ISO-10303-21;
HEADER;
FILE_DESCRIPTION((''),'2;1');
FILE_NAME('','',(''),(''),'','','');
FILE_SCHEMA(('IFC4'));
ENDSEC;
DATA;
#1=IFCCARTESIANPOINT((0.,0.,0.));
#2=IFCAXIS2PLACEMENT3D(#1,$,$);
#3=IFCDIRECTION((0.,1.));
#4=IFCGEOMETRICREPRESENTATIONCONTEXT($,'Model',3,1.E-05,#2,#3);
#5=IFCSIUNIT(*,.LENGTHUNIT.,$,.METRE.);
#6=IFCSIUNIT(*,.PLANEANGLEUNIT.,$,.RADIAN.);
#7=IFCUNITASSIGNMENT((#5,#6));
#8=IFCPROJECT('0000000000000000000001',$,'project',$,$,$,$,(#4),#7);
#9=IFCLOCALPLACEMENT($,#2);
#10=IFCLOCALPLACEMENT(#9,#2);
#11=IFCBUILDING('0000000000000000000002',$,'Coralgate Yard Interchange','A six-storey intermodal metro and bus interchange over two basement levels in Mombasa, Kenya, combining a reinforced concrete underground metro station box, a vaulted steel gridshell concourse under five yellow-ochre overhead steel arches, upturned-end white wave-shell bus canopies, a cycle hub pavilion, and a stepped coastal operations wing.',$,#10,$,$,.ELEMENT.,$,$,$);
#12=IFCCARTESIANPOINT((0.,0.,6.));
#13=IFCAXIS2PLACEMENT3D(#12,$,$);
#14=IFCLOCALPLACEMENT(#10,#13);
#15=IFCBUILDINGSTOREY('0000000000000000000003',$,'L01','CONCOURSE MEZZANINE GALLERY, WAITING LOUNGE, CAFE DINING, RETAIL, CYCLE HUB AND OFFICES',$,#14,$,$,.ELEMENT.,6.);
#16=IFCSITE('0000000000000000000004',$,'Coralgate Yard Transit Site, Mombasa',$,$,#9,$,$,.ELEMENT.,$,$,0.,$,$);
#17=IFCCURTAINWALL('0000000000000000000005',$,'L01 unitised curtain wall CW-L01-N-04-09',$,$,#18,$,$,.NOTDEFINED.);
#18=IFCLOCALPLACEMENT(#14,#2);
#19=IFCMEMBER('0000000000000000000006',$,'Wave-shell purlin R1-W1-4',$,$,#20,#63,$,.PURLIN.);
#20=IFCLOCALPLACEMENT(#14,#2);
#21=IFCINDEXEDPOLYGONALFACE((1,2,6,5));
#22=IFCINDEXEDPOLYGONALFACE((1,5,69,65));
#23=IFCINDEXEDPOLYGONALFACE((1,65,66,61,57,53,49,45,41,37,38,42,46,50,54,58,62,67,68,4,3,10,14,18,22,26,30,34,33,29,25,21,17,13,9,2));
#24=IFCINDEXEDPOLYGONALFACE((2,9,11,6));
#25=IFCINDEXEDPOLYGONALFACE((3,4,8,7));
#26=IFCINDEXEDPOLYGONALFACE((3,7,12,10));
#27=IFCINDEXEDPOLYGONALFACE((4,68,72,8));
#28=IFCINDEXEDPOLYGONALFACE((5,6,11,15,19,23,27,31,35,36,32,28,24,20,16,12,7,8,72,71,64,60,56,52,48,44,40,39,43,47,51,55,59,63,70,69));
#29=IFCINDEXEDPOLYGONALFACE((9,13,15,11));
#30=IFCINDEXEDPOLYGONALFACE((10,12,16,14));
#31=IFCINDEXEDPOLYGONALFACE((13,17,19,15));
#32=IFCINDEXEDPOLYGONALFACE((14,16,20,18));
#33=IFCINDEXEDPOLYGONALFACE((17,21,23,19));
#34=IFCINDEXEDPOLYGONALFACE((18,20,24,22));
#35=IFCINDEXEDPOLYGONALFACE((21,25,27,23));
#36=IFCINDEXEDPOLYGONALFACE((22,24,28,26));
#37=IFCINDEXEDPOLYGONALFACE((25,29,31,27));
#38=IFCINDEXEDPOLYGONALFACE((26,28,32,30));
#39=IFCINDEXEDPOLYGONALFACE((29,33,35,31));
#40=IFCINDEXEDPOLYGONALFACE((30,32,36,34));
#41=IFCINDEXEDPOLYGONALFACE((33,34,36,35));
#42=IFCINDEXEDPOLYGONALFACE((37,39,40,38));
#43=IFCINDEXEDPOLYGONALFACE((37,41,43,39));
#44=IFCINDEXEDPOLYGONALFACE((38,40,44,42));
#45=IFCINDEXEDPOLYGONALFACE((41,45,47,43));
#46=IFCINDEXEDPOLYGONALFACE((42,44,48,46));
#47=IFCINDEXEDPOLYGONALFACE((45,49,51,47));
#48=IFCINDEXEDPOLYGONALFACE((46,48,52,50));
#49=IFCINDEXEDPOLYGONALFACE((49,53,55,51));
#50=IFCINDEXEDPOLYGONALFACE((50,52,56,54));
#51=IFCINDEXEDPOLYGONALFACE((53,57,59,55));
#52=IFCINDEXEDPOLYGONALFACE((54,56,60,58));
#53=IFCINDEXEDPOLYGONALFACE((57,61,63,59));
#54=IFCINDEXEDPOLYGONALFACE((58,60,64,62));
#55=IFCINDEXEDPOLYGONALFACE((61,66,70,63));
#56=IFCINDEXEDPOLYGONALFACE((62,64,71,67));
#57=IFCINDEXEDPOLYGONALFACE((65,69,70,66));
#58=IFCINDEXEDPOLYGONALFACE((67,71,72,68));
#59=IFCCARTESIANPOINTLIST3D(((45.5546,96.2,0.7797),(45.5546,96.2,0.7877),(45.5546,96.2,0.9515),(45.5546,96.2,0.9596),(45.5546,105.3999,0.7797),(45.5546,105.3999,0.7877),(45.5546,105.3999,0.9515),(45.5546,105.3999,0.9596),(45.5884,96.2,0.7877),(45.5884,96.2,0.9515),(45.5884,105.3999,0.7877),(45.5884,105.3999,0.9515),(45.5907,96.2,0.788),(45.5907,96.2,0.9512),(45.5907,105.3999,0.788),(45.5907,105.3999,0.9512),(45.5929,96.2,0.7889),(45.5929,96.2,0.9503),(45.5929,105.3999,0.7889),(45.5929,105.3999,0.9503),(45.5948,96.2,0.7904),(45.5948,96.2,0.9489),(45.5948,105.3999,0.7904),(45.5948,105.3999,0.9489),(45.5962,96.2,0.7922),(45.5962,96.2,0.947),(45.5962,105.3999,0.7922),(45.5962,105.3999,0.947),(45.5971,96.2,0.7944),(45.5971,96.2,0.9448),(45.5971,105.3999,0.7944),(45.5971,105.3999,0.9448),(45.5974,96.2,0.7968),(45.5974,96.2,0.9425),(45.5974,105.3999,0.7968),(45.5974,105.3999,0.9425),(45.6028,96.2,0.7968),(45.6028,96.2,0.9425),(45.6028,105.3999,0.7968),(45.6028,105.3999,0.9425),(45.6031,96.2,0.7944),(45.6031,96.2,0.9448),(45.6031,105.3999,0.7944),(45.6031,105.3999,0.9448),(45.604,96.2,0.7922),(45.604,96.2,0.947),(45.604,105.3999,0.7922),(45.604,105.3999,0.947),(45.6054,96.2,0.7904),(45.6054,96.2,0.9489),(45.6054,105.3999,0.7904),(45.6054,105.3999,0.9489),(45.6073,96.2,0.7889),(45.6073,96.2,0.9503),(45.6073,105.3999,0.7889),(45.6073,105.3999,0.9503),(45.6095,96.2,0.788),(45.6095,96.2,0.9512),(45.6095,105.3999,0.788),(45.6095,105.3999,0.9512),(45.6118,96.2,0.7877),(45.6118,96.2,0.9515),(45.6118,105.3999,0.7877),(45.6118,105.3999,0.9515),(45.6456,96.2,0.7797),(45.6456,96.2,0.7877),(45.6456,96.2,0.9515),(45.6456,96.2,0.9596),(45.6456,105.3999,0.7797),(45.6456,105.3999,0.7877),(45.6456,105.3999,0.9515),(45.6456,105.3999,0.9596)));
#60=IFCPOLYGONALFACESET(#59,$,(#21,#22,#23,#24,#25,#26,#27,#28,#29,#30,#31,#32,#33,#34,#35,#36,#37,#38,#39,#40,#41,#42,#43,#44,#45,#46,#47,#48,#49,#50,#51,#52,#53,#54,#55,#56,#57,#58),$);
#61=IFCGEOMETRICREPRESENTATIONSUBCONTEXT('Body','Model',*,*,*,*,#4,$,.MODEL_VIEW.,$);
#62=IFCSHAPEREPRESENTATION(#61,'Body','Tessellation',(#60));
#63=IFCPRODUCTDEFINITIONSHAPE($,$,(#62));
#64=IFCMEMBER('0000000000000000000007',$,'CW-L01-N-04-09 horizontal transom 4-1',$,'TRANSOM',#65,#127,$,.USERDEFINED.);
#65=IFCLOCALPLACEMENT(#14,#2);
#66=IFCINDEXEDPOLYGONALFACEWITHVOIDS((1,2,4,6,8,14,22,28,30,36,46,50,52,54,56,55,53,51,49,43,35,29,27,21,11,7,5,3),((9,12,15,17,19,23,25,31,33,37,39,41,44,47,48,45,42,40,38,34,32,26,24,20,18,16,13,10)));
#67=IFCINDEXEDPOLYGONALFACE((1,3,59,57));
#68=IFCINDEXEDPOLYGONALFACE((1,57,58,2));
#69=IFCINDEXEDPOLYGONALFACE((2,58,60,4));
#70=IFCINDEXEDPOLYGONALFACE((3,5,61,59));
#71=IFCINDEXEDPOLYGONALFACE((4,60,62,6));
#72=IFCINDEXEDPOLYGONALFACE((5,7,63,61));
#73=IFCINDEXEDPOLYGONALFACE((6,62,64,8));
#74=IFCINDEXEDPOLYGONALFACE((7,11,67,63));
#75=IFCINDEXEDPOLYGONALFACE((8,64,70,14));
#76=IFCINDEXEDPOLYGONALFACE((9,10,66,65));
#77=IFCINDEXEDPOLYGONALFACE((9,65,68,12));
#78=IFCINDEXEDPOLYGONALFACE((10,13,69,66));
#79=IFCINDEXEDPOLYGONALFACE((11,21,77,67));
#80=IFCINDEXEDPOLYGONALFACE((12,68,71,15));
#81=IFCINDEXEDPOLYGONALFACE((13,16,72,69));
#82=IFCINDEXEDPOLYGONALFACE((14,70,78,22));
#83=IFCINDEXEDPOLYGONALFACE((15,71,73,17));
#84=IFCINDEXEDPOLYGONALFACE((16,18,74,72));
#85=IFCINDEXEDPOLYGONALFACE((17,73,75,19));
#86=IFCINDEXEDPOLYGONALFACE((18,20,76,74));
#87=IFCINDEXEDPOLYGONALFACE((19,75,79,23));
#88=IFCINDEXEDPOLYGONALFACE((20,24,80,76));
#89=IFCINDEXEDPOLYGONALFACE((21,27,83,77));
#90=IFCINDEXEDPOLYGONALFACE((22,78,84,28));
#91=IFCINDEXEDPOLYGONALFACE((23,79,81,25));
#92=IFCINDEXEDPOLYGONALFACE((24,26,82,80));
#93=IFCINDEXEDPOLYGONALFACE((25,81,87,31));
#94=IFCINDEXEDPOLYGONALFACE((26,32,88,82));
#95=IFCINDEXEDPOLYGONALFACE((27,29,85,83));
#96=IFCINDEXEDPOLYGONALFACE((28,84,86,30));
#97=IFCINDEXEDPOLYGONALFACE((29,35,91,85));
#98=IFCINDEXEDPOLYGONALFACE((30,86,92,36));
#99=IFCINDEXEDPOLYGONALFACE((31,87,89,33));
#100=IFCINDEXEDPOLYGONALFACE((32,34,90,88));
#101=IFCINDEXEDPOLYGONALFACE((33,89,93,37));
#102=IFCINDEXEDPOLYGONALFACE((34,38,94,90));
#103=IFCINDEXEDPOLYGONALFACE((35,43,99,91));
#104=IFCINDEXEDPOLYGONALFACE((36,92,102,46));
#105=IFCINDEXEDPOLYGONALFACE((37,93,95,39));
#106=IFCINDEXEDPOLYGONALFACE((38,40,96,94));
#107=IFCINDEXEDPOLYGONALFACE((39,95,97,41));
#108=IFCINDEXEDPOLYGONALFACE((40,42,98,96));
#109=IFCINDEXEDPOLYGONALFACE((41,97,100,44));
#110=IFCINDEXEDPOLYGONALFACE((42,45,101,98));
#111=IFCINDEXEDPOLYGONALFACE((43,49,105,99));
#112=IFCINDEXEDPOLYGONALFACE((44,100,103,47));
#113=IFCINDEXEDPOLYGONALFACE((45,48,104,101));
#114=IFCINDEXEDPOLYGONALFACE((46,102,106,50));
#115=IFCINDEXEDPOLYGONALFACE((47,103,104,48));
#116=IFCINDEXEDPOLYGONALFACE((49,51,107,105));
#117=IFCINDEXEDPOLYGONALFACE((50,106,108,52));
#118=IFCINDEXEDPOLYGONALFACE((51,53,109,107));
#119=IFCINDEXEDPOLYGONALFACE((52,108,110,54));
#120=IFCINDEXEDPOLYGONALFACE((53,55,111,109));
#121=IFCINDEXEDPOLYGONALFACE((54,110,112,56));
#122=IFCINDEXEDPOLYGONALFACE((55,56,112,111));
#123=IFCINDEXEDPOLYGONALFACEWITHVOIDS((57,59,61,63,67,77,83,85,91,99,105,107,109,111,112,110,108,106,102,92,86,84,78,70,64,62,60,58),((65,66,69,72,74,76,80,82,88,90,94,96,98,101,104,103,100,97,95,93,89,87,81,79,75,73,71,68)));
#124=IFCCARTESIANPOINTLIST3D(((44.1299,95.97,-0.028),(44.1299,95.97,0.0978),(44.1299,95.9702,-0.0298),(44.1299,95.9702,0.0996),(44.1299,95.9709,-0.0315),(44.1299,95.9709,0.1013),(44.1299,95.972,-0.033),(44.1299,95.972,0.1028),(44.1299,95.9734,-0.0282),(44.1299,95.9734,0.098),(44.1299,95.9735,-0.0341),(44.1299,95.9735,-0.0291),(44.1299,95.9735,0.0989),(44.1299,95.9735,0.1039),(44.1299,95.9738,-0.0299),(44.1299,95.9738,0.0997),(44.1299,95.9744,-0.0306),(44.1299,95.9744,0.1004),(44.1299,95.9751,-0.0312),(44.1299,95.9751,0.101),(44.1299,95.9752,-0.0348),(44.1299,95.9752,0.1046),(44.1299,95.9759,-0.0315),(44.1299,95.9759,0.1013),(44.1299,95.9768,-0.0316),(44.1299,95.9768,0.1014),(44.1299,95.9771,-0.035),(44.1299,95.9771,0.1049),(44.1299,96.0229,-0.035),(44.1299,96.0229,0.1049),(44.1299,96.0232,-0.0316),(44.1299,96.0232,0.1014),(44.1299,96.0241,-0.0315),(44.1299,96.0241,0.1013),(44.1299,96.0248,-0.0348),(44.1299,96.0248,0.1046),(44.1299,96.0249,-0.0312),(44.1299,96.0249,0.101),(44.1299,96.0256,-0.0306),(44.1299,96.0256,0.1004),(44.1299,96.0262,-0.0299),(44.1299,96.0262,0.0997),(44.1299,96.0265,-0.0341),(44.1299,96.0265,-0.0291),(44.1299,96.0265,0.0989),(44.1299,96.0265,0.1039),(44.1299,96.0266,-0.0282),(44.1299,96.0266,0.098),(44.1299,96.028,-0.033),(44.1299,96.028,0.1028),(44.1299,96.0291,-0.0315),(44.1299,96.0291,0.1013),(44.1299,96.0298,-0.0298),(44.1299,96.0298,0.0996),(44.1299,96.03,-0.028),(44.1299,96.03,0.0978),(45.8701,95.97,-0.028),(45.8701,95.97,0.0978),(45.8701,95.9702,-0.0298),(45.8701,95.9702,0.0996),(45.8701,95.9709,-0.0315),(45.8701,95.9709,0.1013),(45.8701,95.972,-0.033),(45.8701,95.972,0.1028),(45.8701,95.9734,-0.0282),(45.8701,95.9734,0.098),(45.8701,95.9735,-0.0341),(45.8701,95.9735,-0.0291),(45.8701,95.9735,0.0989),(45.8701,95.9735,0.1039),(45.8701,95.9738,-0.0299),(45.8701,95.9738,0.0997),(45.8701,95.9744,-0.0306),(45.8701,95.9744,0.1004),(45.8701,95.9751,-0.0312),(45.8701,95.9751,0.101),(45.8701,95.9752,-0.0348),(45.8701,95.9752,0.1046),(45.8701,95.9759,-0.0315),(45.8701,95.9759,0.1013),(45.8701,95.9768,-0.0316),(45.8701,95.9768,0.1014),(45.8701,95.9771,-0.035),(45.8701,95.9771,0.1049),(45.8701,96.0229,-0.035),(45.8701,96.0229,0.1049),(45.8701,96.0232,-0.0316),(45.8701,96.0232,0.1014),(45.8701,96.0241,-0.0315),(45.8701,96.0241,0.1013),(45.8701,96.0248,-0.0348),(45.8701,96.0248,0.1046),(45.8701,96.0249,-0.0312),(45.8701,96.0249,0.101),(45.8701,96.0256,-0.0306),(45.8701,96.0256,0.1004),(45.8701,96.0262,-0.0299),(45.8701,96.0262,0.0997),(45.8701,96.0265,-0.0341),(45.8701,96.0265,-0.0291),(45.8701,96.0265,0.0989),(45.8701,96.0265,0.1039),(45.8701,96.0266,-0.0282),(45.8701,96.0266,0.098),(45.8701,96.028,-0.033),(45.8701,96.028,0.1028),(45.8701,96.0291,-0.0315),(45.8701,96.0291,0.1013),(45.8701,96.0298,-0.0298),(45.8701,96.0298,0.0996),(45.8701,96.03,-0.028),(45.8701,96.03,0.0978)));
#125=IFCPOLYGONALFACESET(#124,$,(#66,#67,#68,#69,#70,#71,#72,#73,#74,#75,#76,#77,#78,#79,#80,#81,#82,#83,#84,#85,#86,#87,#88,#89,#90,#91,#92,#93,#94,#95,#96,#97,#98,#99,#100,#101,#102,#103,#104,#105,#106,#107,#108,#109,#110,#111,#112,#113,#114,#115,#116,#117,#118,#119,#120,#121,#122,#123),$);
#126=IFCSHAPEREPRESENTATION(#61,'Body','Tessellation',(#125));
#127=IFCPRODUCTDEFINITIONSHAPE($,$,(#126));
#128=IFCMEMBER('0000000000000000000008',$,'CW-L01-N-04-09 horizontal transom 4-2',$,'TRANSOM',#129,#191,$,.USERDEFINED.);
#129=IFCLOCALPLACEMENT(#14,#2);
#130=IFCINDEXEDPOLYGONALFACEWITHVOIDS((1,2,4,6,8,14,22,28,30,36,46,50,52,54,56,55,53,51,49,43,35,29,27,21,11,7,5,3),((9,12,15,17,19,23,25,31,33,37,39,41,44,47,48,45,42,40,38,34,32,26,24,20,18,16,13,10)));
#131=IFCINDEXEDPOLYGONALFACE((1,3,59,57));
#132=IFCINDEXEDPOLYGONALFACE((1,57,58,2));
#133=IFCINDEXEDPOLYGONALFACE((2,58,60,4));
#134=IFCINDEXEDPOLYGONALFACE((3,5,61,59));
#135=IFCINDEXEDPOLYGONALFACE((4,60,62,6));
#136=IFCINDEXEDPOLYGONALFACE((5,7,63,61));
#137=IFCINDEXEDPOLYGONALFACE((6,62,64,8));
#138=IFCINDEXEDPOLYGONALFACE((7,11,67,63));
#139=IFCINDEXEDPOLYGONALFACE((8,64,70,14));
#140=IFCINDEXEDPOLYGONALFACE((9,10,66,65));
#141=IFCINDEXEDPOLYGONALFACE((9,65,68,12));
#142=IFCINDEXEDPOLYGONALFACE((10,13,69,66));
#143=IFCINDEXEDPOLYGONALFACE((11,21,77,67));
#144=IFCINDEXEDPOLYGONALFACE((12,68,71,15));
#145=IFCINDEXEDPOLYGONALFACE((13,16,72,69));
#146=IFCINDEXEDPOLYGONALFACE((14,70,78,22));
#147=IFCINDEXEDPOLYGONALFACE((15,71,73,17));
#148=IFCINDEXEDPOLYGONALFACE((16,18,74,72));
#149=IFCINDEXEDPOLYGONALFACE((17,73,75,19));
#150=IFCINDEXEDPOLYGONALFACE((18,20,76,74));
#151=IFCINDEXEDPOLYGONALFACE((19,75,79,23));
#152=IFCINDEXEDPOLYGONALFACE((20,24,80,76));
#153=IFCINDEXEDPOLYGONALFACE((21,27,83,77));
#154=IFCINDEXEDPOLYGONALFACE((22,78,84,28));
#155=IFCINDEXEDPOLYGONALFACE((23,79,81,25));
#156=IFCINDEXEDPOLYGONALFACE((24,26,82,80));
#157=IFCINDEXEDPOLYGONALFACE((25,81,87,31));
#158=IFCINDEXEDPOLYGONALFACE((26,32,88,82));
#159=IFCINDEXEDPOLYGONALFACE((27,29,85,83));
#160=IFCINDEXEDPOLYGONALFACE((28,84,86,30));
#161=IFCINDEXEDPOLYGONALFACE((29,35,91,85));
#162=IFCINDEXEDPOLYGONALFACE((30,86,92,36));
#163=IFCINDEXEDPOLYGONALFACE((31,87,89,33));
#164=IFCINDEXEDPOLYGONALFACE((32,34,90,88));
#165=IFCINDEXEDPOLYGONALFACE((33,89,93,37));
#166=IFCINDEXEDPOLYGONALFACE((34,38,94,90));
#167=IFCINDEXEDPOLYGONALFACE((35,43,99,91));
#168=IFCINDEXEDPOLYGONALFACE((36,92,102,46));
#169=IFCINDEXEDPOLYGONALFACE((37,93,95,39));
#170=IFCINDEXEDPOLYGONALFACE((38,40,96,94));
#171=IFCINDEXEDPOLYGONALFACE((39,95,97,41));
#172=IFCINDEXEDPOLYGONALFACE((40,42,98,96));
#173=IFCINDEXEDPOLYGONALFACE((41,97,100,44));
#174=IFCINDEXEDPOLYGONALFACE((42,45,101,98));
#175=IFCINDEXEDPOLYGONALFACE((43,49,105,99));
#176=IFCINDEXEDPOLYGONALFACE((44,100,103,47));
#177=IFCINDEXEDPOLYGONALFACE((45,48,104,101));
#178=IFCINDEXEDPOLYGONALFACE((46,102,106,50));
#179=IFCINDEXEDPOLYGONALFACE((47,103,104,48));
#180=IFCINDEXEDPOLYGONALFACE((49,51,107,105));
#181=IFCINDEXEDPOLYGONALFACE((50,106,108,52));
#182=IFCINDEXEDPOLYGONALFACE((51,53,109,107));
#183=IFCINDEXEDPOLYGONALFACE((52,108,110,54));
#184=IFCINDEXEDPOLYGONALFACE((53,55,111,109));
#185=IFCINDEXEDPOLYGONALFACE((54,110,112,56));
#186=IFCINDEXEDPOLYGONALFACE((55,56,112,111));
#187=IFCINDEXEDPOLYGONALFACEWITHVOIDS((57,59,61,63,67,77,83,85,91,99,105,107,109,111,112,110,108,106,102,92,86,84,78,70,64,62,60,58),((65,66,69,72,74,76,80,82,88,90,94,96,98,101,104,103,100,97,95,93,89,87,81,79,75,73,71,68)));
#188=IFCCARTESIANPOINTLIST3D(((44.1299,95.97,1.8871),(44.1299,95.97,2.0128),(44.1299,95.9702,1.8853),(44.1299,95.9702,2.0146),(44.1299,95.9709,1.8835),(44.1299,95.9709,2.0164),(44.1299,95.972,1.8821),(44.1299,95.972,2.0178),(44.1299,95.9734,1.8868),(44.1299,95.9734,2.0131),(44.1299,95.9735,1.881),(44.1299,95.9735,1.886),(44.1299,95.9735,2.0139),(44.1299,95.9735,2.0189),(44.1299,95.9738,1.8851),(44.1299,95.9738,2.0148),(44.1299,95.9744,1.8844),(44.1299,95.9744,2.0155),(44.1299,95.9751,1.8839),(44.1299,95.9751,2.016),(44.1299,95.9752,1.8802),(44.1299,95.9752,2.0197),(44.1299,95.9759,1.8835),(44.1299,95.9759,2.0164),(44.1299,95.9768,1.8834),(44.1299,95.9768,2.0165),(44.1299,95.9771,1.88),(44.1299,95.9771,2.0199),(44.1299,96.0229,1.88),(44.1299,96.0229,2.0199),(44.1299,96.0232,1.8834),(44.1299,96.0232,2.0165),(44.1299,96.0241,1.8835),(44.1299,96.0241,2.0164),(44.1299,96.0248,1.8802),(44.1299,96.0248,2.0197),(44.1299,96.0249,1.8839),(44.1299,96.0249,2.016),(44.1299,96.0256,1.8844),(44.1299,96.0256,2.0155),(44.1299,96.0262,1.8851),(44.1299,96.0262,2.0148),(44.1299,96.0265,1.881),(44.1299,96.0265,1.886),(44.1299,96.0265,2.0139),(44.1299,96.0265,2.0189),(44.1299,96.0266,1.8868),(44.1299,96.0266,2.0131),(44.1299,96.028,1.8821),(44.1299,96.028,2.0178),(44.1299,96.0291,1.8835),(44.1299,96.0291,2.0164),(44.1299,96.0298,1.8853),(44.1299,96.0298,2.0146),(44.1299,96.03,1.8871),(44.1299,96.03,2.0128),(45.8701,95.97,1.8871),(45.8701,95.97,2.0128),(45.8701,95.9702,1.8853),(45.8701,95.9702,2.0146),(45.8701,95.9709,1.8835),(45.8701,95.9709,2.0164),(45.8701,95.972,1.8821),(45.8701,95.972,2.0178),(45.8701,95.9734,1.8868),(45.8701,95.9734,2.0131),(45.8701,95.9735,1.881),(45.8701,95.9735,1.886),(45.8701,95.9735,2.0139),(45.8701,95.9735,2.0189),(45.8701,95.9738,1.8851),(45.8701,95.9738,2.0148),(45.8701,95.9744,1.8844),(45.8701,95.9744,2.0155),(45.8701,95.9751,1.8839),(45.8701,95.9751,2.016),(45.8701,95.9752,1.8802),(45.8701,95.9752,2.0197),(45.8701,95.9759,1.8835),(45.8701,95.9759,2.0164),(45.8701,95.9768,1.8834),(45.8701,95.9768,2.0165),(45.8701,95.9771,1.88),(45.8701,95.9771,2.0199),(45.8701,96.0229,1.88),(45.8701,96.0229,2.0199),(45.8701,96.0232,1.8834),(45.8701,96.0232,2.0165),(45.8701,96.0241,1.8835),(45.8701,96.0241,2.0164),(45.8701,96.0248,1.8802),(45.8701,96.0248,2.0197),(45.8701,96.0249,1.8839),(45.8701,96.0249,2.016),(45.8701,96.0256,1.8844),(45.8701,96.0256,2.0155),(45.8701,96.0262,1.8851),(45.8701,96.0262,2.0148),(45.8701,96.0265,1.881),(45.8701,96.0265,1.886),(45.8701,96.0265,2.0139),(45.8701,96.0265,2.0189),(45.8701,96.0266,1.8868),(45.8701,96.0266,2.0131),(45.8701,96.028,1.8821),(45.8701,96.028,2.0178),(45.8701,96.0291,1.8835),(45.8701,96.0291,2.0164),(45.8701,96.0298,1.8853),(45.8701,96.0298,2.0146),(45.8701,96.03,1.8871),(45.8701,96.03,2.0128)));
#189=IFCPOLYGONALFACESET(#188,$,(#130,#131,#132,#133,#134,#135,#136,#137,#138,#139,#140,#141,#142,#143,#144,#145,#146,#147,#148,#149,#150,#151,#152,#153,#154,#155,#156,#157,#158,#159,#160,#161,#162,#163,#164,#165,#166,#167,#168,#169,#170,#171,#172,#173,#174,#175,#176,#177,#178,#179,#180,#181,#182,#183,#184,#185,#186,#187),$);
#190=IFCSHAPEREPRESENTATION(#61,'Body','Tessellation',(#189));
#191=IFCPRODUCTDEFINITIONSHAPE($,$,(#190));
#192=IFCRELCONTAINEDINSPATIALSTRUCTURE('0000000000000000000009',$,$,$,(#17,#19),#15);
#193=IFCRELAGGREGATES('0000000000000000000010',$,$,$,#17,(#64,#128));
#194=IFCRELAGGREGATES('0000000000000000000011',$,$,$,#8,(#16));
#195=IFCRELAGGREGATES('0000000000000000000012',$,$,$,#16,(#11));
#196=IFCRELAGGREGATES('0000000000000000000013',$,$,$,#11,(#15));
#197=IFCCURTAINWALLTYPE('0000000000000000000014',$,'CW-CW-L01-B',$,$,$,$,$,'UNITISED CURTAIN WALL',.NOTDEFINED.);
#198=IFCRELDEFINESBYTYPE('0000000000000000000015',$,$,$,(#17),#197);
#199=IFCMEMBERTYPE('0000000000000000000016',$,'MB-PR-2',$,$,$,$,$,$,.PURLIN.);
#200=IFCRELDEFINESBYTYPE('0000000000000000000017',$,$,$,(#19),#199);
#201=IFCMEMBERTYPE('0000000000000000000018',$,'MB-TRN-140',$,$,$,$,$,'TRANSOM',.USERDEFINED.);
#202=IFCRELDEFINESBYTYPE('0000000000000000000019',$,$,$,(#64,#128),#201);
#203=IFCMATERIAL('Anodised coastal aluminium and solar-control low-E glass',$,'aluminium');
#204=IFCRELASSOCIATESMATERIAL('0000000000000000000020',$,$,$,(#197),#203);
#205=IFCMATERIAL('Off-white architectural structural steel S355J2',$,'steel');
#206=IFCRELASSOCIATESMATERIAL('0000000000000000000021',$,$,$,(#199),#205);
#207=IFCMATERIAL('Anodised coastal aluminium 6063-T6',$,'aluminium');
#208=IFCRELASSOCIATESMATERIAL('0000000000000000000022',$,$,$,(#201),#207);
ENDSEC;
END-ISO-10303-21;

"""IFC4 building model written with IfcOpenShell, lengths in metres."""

from ifc_helpers import new_model, si_unit, direction, frame, origin, origin_2d, place, context, subcontext, project, spatial, hollow_rectangle, i_section, extrude, material, material_profile, profile_set, type_object, element, aggregate, save


model = new_model("IFC4")

# Units and contexts
model_context = context("Model", 3, precision=1e-05, world=origin(), true_north=direction((0.0, 1.0)))
body_context = subcontext(model_context, "Body", "Model", "MODEL_VIEW")
ifc_project = project(units=[si_unit("LENGTHUNIT", "METRE"), si_unit("PLANEANGLEUNIT", "RADIAN")], contexts=[model_context])

# Site, building, storey
site_placement = place(None, origin())
site = spatial("IfcSite", under=ifc_project, at=site_placement, Name="Coralgate Yard Transit Site, Mombasa", CompositionType="ELEMENT", RefElevation=0.0)
building_placement = place(site_placement, origin())
building = spatial("IfcBuilding", under=site, at=building_placement, Name="Coralgate Yard Interchange", Description="A six-storey intermodal metro and bus interchange over two basement levels in Mombasa, Kenya, combining a reinforced concrete underground metro station box, a vaulted steel gridshell concourse under five yellow-ochre overhead steel arches, upturned-end white wave-shell bus canopies, a cycle hub pavilion, and a stepped coastal operations wing.", CompositionType="ELEMENT")
storey_placement = place(building_placement, frame((0.0, 0.0, 6.0)))
storey = spatial("IfcBuildingStorey", under=building, at=storey_placement, Name="L01", Description="CONCOURSE MEZZANINE GALLERY, WAITING LOUNGE, CAFE DINING, RETAIL, CYCLE HUB AND OFFICES", CompositionType="ELEMENT", Elevation=6.0)

# Shared definitions
ifc_material_1 = material(Name="Off-white architectural structural steel S355J2", Category="steel")

# Curtain wall
ifc_material_2 = material(Name="Anodised coastal aluminium and solar-control low-E glass", Category="aluminium")
curtain_wall_type = type_object("IfcCurtainWallType", Name="CW-CW-L01-B", ElementType="UNITISED CURTAIN WALL", PredefinedType="NOTDEFINED", material=ifc_material_2)
curtain_wall_placement = place(storey_placement, origin())
curtain_wall = element("IfcCurtainWall", 1, at=curtain_wall_placement, inside=storey, type_object=curtain_wall_type, Name="L01 unitised curtain wall CW-L01-N-04-09", PredefinedType="NOTDEFINED")
ifc_material_3 = material(Name="Anodised coastal aluminium 6063-T6", Category="aluminium")

# Member
ifc_material_profile_1 = material_profile(ifc_material_1, i_section(OverallWidth=0.0911, OverallDepth=0.1799, WebThickness=0.0054, FlangeThickness=0.0081, FilletRadius=0.009, at=origin_2d()), Name="IPE 180")
ifc_profile_set_1 = profile_set([ifc_material_profile_1], Name="Off-white architectural structural steel S355J2")
member_type_1 = type_object("IfcMemberType", Name="MB-PR-2", PredefinedType="PURLIN", material=ifc_profile_set_1)
for number, where, z_axis, x_axis, name in (
    (2, (45.6001, 96.2, 0.8696), (0.0, 1.0, 0.0), (-1.0, 0.0, 0.0), "Wave-shell purlin R1-W1-4"),
):
    element("IfcMember", number, at=place(storey_placement, frame(where, z_axis=z_axis, x_axis=x_axis)), inside=storey, type_object=member_type_1, Name=name, PredefinedType="PURLIN", context=body_context, shape_type="SweptSolid", body=[
        extrude(i_section(OverallWidth=0.0911, OverallDepth=0.1799, WebThickness=0.0054, FlangeThickness=0.0081, FilletRadius=0.009, at=origin_2d()), origin(), (0.0, 0.0, 1.0), 9.2),
    ])

# Members
ifc_material_profile_2 = material_profile(ifc_material_3, hollow_rectangle(XDim=0.0601, YDim=0.1399, WallThickness=0.0034, InnerFilletRadius=0.0034, OuterFilletRadius=0.0071, at=origin_2d()), Name="ALU 60x140x3.5")
ifc_profile_set_2 = profile_set([ifc_material_profile_2], Name="Anodised coastal aluminium 6063-T6")
member_type_2 = type_object("IfcMemberType", Name="MB-TRN-140", ElementType="TRANSOM", PredefinedType="USERDEFINED", material=ifc_profile_set_2)
member_1_placement = place(storey_placement, frame((44.1299, 96.0, 0.0349), z_axis=(1.0, 0.0, 0.0), x_axis=(0.0, 1.0, 0.0)))
member_1 = element("IfcMember", 3, at=member_1_placement, type_object=member_type_2, Name="CW-L01-N-04-09 horizontal transom 4-1", ObjectType="TRANSOM", PredefinedType="USERDEFINED", context=body_context, shape_type="SweptSolid", body=[
    extrude(hollow_rectangle(XDim=0.0601, YDim=0.1399, WallThickness=0.0034, InnerFilletRadius=0.0034, OuterFilletRadius=0.0071, at=origin_2d()), origin(), (0.0, 0.0, 1.0), 1.7402),
])
member_2_placement = place(storey_placement, frame((44.1299, 96.0, 1.95), z_axis=(1.0, 0.0, 0.0), x_axis=(0.0, 1.0, 0.0)))
member_2 = element("IfcMember", 4, at=member_2_placement, type_object=member_type_2, Name="CW-L01-N-04-09 horizontal transom 4-2", ObjectType="TRANSOM", PredefinedType="USERDEFINED", context=body_context, shape_type="SweptSolid", body=[
    extrude(hollow_rectangle(XDim=0.0601, YDim=0.1399, WallThickness=0.0034, InnerFilletRadius=0.0034, OuterFilletRadius=0.0071, at=origin_2d()), origin(), (0.0, 0.0, 1.0), 1.7402),
])

aggregate(curtain_wall, [member_1, member_2])

save(model, "model.ifc")
